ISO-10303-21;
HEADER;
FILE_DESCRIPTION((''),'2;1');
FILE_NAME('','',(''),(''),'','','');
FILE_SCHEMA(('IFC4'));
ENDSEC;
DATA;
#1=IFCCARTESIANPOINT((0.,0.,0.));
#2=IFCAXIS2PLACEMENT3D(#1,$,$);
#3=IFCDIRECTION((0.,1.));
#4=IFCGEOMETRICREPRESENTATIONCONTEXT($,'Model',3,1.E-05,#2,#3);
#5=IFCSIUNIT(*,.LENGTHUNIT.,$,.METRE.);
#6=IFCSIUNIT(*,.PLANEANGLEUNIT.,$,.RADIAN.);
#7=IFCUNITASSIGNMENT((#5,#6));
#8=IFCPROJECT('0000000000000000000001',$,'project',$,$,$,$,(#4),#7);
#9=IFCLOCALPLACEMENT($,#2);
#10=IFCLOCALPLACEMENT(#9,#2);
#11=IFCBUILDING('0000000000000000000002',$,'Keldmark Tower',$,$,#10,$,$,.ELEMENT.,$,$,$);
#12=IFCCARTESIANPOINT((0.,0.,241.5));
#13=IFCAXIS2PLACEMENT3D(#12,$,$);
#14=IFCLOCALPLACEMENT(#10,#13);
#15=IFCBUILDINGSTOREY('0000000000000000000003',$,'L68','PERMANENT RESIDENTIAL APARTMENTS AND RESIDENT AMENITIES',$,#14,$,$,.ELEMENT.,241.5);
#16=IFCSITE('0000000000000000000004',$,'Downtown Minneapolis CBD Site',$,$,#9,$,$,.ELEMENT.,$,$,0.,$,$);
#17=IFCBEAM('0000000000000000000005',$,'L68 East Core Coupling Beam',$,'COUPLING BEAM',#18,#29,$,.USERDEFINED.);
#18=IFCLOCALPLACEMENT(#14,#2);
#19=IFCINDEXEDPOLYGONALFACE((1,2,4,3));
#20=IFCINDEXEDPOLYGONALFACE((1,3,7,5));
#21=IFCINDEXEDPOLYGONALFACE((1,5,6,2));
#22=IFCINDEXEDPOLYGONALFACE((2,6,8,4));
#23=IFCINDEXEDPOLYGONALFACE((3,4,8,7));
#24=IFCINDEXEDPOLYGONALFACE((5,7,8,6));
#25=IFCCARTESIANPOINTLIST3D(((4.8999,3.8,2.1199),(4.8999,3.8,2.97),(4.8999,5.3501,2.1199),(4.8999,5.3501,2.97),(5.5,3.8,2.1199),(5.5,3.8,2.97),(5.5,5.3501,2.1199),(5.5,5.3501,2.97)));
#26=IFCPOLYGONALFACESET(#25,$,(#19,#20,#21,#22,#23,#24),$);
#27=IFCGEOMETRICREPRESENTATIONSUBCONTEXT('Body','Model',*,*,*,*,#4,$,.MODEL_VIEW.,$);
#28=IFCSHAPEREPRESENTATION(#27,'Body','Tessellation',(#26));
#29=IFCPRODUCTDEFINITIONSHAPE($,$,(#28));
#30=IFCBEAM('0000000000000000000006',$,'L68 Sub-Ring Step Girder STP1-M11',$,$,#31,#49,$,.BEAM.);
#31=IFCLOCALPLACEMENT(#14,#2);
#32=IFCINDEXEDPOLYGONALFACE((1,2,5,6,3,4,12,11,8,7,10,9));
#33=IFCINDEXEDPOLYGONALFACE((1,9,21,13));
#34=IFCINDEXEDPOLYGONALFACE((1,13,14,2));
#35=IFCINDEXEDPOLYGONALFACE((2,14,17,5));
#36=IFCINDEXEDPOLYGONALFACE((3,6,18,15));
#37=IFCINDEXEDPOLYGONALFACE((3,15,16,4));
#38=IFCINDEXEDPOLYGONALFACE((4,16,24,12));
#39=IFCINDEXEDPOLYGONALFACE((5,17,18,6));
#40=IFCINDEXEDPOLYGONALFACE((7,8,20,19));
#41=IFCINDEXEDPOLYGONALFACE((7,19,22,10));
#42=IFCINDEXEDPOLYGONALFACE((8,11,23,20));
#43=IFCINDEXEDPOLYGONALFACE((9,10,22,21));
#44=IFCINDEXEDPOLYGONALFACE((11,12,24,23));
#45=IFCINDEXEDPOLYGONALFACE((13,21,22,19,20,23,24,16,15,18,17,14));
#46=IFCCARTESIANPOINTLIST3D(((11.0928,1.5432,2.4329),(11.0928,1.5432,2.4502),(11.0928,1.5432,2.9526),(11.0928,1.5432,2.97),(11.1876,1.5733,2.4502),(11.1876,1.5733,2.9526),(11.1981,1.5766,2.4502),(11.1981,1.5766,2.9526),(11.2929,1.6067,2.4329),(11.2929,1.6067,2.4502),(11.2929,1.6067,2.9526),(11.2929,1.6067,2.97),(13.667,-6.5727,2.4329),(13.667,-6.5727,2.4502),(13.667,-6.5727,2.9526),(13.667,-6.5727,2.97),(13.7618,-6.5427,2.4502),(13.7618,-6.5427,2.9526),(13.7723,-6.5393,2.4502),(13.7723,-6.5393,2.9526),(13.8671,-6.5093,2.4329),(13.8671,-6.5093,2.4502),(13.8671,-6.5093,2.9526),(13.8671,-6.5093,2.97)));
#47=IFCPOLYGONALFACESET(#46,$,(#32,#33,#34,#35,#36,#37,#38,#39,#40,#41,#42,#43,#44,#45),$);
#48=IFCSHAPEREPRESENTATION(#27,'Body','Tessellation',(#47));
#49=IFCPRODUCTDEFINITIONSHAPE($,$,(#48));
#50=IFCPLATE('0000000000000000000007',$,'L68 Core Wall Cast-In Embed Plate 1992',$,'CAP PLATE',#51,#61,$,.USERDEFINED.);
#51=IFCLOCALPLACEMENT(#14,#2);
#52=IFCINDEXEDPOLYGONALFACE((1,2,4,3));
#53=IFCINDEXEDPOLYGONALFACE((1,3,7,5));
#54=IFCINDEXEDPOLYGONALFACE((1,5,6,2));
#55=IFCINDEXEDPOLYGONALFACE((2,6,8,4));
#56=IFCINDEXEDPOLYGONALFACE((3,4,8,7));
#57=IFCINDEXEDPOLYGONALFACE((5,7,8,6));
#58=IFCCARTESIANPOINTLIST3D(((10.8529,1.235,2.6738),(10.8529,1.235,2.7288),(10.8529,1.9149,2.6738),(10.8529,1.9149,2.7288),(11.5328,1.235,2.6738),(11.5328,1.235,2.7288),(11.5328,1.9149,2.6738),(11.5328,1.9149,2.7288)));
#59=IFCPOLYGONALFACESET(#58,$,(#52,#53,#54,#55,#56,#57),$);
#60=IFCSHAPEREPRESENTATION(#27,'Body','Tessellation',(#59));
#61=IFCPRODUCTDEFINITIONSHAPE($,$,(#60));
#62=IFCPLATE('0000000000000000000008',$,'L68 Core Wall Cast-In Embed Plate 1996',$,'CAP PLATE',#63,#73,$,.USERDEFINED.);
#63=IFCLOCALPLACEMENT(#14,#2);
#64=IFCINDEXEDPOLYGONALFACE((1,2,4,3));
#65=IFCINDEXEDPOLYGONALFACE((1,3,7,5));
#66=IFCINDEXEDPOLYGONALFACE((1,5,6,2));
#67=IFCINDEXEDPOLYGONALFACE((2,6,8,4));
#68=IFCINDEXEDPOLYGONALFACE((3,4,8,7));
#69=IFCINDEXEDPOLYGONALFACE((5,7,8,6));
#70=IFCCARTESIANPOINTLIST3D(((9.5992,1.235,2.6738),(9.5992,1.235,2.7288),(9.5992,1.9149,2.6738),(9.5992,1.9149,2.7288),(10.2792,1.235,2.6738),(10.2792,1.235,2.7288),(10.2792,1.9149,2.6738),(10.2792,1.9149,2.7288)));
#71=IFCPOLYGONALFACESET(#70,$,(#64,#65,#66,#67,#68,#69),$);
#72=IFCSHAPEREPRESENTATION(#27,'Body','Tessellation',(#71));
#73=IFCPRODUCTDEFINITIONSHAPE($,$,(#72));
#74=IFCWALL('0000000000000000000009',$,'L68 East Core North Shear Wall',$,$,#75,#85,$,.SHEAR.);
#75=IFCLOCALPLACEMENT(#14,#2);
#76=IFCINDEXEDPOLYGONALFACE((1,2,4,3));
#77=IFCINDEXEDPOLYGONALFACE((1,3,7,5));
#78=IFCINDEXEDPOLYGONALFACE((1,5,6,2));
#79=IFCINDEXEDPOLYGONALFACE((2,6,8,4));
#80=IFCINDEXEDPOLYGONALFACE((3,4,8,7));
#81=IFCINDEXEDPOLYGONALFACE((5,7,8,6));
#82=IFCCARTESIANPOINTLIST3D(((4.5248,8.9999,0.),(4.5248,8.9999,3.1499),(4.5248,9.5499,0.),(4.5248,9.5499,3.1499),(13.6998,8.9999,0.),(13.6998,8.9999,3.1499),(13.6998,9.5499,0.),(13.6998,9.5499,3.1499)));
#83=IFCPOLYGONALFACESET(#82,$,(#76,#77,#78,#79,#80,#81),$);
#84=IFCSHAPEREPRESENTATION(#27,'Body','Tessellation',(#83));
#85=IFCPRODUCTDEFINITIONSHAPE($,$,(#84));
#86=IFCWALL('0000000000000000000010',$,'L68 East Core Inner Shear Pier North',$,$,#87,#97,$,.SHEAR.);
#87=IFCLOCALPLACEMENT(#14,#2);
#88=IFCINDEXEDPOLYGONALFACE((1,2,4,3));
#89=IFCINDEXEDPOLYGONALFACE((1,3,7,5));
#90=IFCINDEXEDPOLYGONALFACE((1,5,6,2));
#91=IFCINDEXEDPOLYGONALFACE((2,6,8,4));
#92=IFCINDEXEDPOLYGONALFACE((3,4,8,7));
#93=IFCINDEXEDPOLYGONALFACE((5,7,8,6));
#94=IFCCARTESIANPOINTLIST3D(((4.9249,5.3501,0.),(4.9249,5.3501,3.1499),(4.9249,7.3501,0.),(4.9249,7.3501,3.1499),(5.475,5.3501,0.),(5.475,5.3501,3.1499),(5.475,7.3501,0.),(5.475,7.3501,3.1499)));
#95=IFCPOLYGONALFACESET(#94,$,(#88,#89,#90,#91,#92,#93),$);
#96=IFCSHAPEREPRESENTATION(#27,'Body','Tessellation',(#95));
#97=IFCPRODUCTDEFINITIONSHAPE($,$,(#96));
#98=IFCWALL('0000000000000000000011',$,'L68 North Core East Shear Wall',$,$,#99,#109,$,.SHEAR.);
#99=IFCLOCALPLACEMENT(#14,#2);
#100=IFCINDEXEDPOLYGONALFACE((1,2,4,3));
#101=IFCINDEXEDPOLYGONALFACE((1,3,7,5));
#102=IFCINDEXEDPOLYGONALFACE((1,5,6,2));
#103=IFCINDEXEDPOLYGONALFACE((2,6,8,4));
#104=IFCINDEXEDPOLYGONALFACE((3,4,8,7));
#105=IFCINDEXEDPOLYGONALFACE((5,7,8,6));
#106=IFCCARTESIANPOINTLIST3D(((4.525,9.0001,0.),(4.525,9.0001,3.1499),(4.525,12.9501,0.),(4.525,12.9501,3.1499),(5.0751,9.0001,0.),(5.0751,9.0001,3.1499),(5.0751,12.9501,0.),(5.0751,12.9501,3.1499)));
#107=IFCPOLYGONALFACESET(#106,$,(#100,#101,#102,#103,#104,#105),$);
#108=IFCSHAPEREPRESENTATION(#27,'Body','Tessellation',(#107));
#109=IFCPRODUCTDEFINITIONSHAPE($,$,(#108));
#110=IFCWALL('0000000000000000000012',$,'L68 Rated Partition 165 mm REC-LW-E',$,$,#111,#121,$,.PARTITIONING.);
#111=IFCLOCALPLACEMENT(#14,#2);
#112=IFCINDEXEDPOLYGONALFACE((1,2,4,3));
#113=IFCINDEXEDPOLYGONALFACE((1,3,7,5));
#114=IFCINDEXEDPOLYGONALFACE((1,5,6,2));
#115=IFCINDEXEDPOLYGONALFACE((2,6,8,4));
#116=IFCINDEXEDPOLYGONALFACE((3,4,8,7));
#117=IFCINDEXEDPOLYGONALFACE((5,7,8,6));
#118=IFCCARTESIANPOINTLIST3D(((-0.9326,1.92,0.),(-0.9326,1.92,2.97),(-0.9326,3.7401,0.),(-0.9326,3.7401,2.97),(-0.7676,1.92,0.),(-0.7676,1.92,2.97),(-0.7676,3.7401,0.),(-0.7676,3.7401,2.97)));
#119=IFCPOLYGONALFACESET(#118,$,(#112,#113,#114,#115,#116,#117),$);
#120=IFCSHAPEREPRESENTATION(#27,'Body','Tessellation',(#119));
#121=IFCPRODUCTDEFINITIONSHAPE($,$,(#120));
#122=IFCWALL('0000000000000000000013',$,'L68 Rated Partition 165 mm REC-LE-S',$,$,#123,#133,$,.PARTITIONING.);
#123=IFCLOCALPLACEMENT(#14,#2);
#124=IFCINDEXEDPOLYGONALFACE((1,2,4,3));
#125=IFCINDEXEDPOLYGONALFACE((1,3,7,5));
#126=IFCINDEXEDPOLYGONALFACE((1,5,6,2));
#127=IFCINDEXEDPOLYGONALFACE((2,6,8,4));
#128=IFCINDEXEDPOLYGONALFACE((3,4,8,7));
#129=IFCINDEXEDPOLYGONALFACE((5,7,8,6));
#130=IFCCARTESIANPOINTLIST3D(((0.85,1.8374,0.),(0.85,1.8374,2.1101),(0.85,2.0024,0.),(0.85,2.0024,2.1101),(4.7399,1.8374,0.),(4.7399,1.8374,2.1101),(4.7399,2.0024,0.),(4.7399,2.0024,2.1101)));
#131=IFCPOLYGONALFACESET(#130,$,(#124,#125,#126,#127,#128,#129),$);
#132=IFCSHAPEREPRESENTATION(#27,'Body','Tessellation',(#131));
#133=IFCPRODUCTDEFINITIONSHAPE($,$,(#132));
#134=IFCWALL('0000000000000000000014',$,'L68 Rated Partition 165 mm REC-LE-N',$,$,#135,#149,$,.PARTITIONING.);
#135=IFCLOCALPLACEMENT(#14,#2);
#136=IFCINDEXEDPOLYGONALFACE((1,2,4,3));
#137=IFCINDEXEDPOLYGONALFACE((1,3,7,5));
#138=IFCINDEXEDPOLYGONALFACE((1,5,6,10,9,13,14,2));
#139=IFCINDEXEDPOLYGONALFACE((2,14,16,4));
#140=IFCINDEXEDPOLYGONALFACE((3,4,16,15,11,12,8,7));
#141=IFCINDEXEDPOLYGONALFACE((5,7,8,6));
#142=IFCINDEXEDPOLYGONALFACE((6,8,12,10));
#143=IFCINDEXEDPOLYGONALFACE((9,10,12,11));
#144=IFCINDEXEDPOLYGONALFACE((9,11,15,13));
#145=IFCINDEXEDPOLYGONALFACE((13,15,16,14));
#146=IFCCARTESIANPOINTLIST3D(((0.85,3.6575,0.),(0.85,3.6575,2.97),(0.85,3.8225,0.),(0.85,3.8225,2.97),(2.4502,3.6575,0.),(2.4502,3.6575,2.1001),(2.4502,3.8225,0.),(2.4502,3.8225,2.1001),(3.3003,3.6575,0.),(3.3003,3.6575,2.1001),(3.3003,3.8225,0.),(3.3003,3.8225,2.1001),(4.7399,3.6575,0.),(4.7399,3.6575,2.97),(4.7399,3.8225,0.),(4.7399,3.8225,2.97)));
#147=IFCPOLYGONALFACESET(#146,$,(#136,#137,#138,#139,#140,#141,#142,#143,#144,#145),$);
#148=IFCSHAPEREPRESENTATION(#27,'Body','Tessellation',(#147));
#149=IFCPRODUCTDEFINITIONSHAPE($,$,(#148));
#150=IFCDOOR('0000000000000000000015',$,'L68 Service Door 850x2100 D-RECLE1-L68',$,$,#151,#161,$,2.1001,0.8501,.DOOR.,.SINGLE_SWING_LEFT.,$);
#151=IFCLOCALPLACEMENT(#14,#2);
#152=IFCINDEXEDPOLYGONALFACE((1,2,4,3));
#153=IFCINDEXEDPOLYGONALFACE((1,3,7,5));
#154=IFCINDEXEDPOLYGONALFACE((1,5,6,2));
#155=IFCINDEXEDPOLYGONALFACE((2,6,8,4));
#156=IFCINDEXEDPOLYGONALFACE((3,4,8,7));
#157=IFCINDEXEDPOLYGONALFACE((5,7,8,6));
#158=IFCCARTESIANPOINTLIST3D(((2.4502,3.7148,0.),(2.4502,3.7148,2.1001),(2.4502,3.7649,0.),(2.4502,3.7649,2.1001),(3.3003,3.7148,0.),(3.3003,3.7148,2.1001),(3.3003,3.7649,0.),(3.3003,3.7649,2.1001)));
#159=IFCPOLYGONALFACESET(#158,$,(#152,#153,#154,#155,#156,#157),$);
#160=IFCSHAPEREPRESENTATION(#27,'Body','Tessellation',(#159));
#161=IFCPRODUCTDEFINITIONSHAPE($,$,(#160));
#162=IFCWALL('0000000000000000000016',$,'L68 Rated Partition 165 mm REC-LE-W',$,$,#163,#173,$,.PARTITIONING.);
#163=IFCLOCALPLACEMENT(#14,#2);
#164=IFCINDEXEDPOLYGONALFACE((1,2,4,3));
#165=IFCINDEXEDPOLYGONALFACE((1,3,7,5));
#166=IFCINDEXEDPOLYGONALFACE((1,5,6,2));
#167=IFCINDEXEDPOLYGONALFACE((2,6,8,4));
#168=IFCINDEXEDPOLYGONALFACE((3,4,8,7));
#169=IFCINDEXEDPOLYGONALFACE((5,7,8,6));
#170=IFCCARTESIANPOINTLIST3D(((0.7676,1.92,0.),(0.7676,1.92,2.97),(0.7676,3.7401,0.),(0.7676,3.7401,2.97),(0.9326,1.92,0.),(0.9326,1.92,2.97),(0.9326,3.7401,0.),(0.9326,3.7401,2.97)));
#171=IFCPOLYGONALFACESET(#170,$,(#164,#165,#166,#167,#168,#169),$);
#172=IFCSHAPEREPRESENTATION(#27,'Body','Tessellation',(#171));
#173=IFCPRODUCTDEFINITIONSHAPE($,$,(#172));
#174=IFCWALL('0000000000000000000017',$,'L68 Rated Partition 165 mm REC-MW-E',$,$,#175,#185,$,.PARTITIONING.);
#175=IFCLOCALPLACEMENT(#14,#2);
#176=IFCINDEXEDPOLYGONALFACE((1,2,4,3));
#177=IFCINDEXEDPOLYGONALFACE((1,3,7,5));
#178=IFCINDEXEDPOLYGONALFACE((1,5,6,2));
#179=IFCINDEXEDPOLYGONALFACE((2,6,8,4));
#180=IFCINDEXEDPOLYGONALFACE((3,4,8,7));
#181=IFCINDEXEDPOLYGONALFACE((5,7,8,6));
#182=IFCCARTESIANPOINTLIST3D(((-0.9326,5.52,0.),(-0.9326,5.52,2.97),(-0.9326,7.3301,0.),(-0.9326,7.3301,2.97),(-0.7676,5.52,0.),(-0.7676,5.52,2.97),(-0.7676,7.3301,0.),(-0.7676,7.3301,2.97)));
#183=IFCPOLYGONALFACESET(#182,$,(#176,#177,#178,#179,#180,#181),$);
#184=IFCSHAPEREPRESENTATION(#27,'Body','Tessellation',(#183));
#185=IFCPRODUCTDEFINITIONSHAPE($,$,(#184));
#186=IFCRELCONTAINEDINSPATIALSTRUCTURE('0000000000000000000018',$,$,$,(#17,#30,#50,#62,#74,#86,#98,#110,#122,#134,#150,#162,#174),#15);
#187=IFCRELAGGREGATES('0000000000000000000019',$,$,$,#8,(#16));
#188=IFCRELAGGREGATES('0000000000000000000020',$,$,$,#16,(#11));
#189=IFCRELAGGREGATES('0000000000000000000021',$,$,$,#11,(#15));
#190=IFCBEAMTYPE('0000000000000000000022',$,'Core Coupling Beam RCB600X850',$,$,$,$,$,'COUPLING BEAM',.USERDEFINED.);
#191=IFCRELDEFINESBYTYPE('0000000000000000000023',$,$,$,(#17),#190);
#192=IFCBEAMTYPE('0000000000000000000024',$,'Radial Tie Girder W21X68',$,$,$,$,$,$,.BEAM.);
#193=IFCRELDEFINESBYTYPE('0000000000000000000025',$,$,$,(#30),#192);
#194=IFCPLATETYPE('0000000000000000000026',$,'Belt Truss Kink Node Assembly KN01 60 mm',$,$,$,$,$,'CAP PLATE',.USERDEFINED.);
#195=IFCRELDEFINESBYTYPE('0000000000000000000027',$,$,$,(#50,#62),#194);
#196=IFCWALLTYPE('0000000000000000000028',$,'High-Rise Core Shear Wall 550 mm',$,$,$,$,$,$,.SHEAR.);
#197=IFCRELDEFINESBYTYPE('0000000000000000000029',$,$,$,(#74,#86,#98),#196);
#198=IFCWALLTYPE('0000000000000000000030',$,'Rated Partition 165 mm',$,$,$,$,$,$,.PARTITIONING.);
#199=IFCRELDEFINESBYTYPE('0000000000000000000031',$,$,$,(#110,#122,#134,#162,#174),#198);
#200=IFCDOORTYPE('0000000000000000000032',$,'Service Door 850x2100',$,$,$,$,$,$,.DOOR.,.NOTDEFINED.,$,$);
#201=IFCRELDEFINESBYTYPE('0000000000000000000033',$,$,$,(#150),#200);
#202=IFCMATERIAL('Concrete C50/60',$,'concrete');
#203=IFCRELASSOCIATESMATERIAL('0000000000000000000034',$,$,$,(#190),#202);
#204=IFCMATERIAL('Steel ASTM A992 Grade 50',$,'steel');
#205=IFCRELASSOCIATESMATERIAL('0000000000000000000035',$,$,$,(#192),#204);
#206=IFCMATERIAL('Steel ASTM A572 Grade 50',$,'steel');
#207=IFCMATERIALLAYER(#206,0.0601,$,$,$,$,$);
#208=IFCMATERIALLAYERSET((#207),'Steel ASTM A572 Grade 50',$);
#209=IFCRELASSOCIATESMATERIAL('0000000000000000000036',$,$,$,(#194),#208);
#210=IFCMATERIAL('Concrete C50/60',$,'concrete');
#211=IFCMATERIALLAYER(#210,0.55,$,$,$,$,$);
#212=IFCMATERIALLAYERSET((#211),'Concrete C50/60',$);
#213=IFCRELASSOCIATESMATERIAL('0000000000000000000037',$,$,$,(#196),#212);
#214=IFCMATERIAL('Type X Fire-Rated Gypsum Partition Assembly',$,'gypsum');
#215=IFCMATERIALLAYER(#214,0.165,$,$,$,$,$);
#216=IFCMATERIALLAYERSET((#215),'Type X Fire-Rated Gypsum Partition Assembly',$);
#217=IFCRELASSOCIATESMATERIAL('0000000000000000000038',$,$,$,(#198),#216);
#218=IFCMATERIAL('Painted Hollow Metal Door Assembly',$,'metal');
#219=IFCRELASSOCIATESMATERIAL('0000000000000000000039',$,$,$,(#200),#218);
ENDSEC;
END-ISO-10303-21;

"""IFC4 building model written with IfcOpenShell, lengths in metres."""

from ifc_helpers import new_model, si_unit, direction, frame, frame_2d, origin, origin_2d, place, context, subcontext, project, spatial, rectangle, i_section, extrude, material, layer, layer_set, material_profile, profile_set, type_object, element, fill, save


model = new_model("IFC4")

# Units and contexts
model_context = context("Model", 3, precision=1e-05, world=origin(), true_north=direction((0.0, 1.0)))
body_context = subcontext(model_context, "Body", "Model", "MODEL_VIEW")
ifc_project = project(units=[si_unit("LENGTHUNIT", "METRE"), si_unit("PLANEANGLEUNIT", "RADIAN")], contexts=[model_context])

# Site, building, storey
site_placement = place(None, origin())
site = spatial("IfcSite", under=ifc_project, at=site_placement, Name="Downtown Minneapolis CBD Site", CompositionType="ELEMENT", RefElevation=0.0)
building_placement = place(site_placement, origin())
building = spatial("IfcBuilding", under=site, at=building_placement, Name="Keldmark Tower", CompositionType="ELEMENT")
storey_placement = place(building_placement, frame((0.0, 0.0, 241.5)))
storey = spatial("IfcBuildingStorey", under=building, at=storey_placement, Name="L68", Description="PERMANENT RESIDENTIAL APARTMENTS AND RESIDENT AMENITIES", CompositionType="ELEMENT", Elevation=241.5)

# Beams
ifc_material_1 = material(Name="Concrete C50/60", Category="concrete")
ifc_material_profile_1 = material_profile(ifc_material_1, rectangle(XDim=0.6001, YDim=0.8501, at=origin_2d()), Name="RCB600X850")
ifc_profile_set_1 = profile_set([ifc_material_profile_1], Name="Concrete C50/60")
beam_type_1 = type_object("IfcBeamType", Name="Core Coupling Beam RCB600X850", ElementType="COUPLING BEAM", PredefinedType="USERDEFINED", material=ifc_profile_set_1)
beam_1_placement = place(storey_placement, frame((5.2, 3.8, 2.5449), z_axis=(0.0, 1.0, 0.0), x_axis=(-1.0, 0.0, 0.0)))
element("IfcBeam", 1, at=beam_1_placement, inside=storey, type_object=beam_type_1, Name="L68 East Core Coupling Beam", ObjectType="COUPLING BEAM", PredefinedType="USERDEFINED", context=body_context, shape_type="SweptSolid", body=[
    extrude(rectangle(XDim=0.6001, YDim=0.8501, at=origin_2d()), origin(), (0.0, 0.0, 1.0), 1.55),
])
ifc_material_2 = material(Name="Steel ASTM A992 Grade 50", Category="steel")
ifc_material_profile_2 = material_profile(ifc_material_2, i_section(OverallWidth=0.21, OverallDepth=0.5371, WebThickness=0.011, FlangeThickness=0.0173, at=origin_2d()), Name="W21X68")
ifc_profile_set_2 = profile_set([ifc_material_profile_2], Name="Steel ASTM A992 Grade 50")
beam_type_2 = type_object("IfcBeamType", Name="Radial Tie Girder W21X68", PredefinedType="BEAM", material=ifc_profile_set_2)
beam_2_placement = place(storey_placement, frame((11.1929, 1.575, 2.7014), z_axis=(0.302336, -0.953201, 0.0), x_axis=(0.953201, 0.302336, 0.0)))
element("IfcBeam", 2, at=beam_2_placement, inside=storey, type_object=beam_type_2, Name="L68 Sub-Ring Step Girder STP1-M11", PredefinedType="BEAM", context=body_context, shape_type="SweptSolid", body=[
    extrude(i_section(OverallWidth=0.21, OverallDepth=0.5371, WebThickness=0.011, FlangeThickness=0.0173, at=origin_2d()), origin(), (0.0, 0.0, 1.0), 8.5144),
])

# Plates
ifc_material_3 = material(Name="Steel ASTM A572 Grade 50", Category="steel")
ifc_layer_1 = layer(ifc_material_3, 0.0601)
ifc_layer_set_1 = layer_set([ifc_layer_1], Name="Steel ASTM A572 Grade 50")
plate_type = type_object("IfcPlateType", Name="Belt Truss Kink Node Assembly KN01 60 mm", ElementType="CAP PLATE", PredefinedType="USERDEFINED", material=ifc_layer_set_1)
for number, where, z_axis, x_axis, name in (
    (3, (11.1929, 1.575, 2.6738), (0.0, 0.0, 1.0), (1.0, 0.0, 0.0), "L68 Core Wall Cast-In Embed Plate 1992"),
    (4, (9.9392, 1.575, 2.6738), (0.0, 0.0, 1.0), (1.0, 0.0, 0.0), "L68 Core Wall Cast-In Embed Plate 1996"),
):
    element("IfcPlate", number, at=place(storey_placement, frame(where, z_axis=z_axis, x_axis=x_axis)), inside=storey, type_object=plate_type, Name=name, ObjectType="CAP PLATE", PredefinedType="USERDEFINED", context=body_context, shape_type="SweptSolid", body=[
        extrude(rectangle(XDim=0.6799, YDim=0.6799, at=origin_2d()), origin(), (0.0, 0.0, 1.0), 0.0549),
    ])

# Walls
ifc_material_4 = material(Name="Concrete C50/60", Category="concrete")
ifc_layer_2 = layer(ifc_material_4, 0.55)
ifc_layer_set_2 = layer_set([ifc_layer_2], Name="Concrete C50/60")
wall_type_1 = type_object("IfcWallType", Name="High-Rise Core Shear Wall 550 mm", PredefinedType="SHEAR", material=ifc_layer_set_2)
wall_1_placement = place(storey_placement, frame((4.5249, 9.2749, 0.0), z_axis=(0.0, 0.0, 1.0), x_axis=(1.0, 0.0, 0.0)))
element("IfcWall", 5, at=wall_1_placement, inside=storey, type_object=wall_type_1, Name="L68 East Core North Shear Wall", PredefinedType="SHEAR", context=body_context, shape_type="SweptSolid", body=[
    extrude(rectangle(XDim=9.175, YDim=0.55, at=frame_2d((4.5874, 0.0))), origin(), (0.0, 0.0, 1.0), 3.1499),
])
wall_2_placement = place(storey_placement, frame((5.2, 5.3501, 0.0), z_axis=(0.0, 0.0, 1.0), x_axis=(0.0, 1.0, 0.0)))
element("IfcWall", 6, at=wall_2_placement, inside=storey, type_object=wall_type_1, Name="L68 East Core Inner Shear Pier North", PredefinedType="SHEAR", context=body_context, shape_type="SweptSolid", body=[
    extrude(rectangle(XDim=2.0, YDim=0.55, at=frame_2d((1.0, 0.0))), origin(), (0.0, 0.0, 1.0), 3.1499),
])
wall_3_placement = place(storey_placement, frame((4.8, 9.0, 0.0), z_axis=(0.0, 0.0, 1.0), x_axis=(0.0, 1.0, 0.0)))
element("IfcWall", 7, at=wall_3_placement, inside=storey, type_object=wall_type_1, Name="L68 North Core East Shear Wall", PredefinedType="SHEAR", context=body_context, shape_type="SweptSolid", body=[
    extrude(rectangle(XDim=3.95, YDim=0.55, at=frame_2d((1.9751, 0.0))), origin(), (0.0, 0.0, 1.0), 3.1499),
])
ifc_material_5 = material(Name="Type X Fire-Rated Gypsum Partition Assembly", Category="gypsum")
ifc_layer_3 = layer(ifc_material_5, 0.165)
ifc_layer_set_3 = layer_set([ifc_layer_3], Name="Type X Fire-Rated Gypsum Partition Assembly")
wall_type_2 = type_object("IfcWallType", Name="Rated Partition 165 mm", PredefinedType="PARTITIONING", material=ifc_layer_set_3)
wall_4_placement = place(storey_placement, frame((-0.8501, 1.9199, 0.0), z_axis=(0.0, 0.0, 1.0), x_axis=(0.0, 1.0, 0.0)))
element("IfcWall", 8, at=wall_4_placement, inside=storey, type_object=wall_type_2, Name="L68 Rated Partition 165 mm REC-LW-E", PredefinedType="PARTITIONING", context=body_context, shape_type="SweptSolid", body=[
    extrude(rectangle(XDim=1.8201, YDim=0.165, at=frame_2d((0.9102, 0.0))), origin(), (0.0, 0.0, 1.0), 2.97),
])
wall_5_placement = place(storey_placement, frame((0.8501, 1.9199, 0.0), z_axis=(0.0, 0.0, 1.0), x_axis=(1.0, 0.0, 0.0)))
element("IfcWall", 9, at=wall_5_placement, inside=storey, type_object=wall_type_2, Name="L68 Rated Partition 165 mm REC-LE-S", PredefinedType="PARTITIONING", context=body_context, shape_type="SweptSolid", body=[
    extrude(rectangle(XDim=3.8899, YDim=0.165, at=frame_2d((1.9448, 0.0))), origin(), (0.0, 0.0, 1.0), 2.1101),
])

# Wall, opening, door
wall_6_placement = place(storey_placement, frame((0.8501, 3.74, 0.0), z_axis=(0.0, 0.0, 1.0), x_axis=(1.0, 0.0, 0.0)))
wall_6 = element("IfcWall", 10, at=wall_6_placement, inside=storey, type_object=wall_type_2, Name="L68 Rated Partition 165 mm REC-LE-N", PredefinedType="PARTITIONING", context=body_context, shape_type="SweptSolid", body=[
    extrude(rectangle(XDim=3.8899, YDim=0.165, at=frame_2d((1.9448, 0.0))), origin(), (0.0, 0.0, 1.0), 2.97),
])
opening_1_placement = place(wall_6_placement, frame((1.6001, 0.0, 0.0)))
opening_1 = element("IfcOpeningElement", 11, at=opening_1_placement, cuts=wall_6, PredefinedType="OPENING", context=body_context, shape_type="SweptSolid", body=[
    extrude(rectangle(XDim=0.8501, YDim=2.1001, at=frame_2d((0.425, 1.05))), frame((0.0, 0.0925, 0.0), z_axis=(0.0, -1.0, 0.0), x_axis=(1.0, 0.0, 0.0)), (0.0, 0.0, 1.0), 0.1851),
])
ifc_material_6 = material(Name="Painted Hollow Metal Door Assembly", Category="metal")
door_type_1 = type_object("IfcDoorType", Name="Service Door 850x2100", OperationType="NOTDEFINED", PredefinedType="DOOR", material=ifc_material_6)
door_1_placement = place(opening_1_placement, origin())
door_1 = element("IfcDoor", 12, at=door_1_placement, inside=storey, type_object=door_type_1, Name="L68 Service Door 850x2100 D-RECLE1-L68", OperationType="SINGLE_SWING_LEFT", OverallHeight=2.1001, OverallWidth=0.8501, PredefinedType="DOOR", context=body_context, shape_type="SweptSolid", body=[
    extrude(rectangle(XDim=0.8501, YDim=2.1001, at=frame_2d((0.425, 1.05))), frame((0.0, 0.0249, 0.0), z_axis=(0.0, -1.0, 0.0), x_axis=(1.0, 0.0, 0.0)), (0.0, 0.0, 1.0), 0.05),
])
fill(opening_1, door_1)

# Walls
wall_7_placement = place(storey_placement, frame((0.8501, 1.9199, 0.0), z_axis=(0.0, 0.0, 1.0), x_axis=(0.0, 1.0, 0.0)))
element("IfcWall", 13, at=wall_7_placement, inside=storey, type_object=wall_type_2, Name="L68 Rated Partition 165 mm REC-LE-W", PredefinedType="PARTITIONING", context=body_context, shape_type="SweptSolid", body=[
    extrude(rectangle(XDim=1.8201, YDim=0.165, at=frame_2d((0.9102, 0.0))), origin(), (0.0, 0.0, 1.0), 2.97),
])
wall_8_placement = place(storey_placement, frame((-0.8501, 5.52, 0.0), z_axis=(0.0, 0.0, 1.0), x_axis=(0.0, 1.0, 0.0)))
element("IfcWall", 14, at=wall_8_placement, inside=storey, type_object=wall_type_2, Name="L68 Rated Partition 165 mm REC-MW-E", PredefinedType="PARTITIONING", context=body_context, shape_type="SweptSolid", body=[
    extrude(rectangle(XDim=1.8101, YDim=0.165, at=frame_2d((0.905, 0.0))), origin(), (0.0, 0.0, 1.0), 2.97),
])

save(model, "model.ifc")
